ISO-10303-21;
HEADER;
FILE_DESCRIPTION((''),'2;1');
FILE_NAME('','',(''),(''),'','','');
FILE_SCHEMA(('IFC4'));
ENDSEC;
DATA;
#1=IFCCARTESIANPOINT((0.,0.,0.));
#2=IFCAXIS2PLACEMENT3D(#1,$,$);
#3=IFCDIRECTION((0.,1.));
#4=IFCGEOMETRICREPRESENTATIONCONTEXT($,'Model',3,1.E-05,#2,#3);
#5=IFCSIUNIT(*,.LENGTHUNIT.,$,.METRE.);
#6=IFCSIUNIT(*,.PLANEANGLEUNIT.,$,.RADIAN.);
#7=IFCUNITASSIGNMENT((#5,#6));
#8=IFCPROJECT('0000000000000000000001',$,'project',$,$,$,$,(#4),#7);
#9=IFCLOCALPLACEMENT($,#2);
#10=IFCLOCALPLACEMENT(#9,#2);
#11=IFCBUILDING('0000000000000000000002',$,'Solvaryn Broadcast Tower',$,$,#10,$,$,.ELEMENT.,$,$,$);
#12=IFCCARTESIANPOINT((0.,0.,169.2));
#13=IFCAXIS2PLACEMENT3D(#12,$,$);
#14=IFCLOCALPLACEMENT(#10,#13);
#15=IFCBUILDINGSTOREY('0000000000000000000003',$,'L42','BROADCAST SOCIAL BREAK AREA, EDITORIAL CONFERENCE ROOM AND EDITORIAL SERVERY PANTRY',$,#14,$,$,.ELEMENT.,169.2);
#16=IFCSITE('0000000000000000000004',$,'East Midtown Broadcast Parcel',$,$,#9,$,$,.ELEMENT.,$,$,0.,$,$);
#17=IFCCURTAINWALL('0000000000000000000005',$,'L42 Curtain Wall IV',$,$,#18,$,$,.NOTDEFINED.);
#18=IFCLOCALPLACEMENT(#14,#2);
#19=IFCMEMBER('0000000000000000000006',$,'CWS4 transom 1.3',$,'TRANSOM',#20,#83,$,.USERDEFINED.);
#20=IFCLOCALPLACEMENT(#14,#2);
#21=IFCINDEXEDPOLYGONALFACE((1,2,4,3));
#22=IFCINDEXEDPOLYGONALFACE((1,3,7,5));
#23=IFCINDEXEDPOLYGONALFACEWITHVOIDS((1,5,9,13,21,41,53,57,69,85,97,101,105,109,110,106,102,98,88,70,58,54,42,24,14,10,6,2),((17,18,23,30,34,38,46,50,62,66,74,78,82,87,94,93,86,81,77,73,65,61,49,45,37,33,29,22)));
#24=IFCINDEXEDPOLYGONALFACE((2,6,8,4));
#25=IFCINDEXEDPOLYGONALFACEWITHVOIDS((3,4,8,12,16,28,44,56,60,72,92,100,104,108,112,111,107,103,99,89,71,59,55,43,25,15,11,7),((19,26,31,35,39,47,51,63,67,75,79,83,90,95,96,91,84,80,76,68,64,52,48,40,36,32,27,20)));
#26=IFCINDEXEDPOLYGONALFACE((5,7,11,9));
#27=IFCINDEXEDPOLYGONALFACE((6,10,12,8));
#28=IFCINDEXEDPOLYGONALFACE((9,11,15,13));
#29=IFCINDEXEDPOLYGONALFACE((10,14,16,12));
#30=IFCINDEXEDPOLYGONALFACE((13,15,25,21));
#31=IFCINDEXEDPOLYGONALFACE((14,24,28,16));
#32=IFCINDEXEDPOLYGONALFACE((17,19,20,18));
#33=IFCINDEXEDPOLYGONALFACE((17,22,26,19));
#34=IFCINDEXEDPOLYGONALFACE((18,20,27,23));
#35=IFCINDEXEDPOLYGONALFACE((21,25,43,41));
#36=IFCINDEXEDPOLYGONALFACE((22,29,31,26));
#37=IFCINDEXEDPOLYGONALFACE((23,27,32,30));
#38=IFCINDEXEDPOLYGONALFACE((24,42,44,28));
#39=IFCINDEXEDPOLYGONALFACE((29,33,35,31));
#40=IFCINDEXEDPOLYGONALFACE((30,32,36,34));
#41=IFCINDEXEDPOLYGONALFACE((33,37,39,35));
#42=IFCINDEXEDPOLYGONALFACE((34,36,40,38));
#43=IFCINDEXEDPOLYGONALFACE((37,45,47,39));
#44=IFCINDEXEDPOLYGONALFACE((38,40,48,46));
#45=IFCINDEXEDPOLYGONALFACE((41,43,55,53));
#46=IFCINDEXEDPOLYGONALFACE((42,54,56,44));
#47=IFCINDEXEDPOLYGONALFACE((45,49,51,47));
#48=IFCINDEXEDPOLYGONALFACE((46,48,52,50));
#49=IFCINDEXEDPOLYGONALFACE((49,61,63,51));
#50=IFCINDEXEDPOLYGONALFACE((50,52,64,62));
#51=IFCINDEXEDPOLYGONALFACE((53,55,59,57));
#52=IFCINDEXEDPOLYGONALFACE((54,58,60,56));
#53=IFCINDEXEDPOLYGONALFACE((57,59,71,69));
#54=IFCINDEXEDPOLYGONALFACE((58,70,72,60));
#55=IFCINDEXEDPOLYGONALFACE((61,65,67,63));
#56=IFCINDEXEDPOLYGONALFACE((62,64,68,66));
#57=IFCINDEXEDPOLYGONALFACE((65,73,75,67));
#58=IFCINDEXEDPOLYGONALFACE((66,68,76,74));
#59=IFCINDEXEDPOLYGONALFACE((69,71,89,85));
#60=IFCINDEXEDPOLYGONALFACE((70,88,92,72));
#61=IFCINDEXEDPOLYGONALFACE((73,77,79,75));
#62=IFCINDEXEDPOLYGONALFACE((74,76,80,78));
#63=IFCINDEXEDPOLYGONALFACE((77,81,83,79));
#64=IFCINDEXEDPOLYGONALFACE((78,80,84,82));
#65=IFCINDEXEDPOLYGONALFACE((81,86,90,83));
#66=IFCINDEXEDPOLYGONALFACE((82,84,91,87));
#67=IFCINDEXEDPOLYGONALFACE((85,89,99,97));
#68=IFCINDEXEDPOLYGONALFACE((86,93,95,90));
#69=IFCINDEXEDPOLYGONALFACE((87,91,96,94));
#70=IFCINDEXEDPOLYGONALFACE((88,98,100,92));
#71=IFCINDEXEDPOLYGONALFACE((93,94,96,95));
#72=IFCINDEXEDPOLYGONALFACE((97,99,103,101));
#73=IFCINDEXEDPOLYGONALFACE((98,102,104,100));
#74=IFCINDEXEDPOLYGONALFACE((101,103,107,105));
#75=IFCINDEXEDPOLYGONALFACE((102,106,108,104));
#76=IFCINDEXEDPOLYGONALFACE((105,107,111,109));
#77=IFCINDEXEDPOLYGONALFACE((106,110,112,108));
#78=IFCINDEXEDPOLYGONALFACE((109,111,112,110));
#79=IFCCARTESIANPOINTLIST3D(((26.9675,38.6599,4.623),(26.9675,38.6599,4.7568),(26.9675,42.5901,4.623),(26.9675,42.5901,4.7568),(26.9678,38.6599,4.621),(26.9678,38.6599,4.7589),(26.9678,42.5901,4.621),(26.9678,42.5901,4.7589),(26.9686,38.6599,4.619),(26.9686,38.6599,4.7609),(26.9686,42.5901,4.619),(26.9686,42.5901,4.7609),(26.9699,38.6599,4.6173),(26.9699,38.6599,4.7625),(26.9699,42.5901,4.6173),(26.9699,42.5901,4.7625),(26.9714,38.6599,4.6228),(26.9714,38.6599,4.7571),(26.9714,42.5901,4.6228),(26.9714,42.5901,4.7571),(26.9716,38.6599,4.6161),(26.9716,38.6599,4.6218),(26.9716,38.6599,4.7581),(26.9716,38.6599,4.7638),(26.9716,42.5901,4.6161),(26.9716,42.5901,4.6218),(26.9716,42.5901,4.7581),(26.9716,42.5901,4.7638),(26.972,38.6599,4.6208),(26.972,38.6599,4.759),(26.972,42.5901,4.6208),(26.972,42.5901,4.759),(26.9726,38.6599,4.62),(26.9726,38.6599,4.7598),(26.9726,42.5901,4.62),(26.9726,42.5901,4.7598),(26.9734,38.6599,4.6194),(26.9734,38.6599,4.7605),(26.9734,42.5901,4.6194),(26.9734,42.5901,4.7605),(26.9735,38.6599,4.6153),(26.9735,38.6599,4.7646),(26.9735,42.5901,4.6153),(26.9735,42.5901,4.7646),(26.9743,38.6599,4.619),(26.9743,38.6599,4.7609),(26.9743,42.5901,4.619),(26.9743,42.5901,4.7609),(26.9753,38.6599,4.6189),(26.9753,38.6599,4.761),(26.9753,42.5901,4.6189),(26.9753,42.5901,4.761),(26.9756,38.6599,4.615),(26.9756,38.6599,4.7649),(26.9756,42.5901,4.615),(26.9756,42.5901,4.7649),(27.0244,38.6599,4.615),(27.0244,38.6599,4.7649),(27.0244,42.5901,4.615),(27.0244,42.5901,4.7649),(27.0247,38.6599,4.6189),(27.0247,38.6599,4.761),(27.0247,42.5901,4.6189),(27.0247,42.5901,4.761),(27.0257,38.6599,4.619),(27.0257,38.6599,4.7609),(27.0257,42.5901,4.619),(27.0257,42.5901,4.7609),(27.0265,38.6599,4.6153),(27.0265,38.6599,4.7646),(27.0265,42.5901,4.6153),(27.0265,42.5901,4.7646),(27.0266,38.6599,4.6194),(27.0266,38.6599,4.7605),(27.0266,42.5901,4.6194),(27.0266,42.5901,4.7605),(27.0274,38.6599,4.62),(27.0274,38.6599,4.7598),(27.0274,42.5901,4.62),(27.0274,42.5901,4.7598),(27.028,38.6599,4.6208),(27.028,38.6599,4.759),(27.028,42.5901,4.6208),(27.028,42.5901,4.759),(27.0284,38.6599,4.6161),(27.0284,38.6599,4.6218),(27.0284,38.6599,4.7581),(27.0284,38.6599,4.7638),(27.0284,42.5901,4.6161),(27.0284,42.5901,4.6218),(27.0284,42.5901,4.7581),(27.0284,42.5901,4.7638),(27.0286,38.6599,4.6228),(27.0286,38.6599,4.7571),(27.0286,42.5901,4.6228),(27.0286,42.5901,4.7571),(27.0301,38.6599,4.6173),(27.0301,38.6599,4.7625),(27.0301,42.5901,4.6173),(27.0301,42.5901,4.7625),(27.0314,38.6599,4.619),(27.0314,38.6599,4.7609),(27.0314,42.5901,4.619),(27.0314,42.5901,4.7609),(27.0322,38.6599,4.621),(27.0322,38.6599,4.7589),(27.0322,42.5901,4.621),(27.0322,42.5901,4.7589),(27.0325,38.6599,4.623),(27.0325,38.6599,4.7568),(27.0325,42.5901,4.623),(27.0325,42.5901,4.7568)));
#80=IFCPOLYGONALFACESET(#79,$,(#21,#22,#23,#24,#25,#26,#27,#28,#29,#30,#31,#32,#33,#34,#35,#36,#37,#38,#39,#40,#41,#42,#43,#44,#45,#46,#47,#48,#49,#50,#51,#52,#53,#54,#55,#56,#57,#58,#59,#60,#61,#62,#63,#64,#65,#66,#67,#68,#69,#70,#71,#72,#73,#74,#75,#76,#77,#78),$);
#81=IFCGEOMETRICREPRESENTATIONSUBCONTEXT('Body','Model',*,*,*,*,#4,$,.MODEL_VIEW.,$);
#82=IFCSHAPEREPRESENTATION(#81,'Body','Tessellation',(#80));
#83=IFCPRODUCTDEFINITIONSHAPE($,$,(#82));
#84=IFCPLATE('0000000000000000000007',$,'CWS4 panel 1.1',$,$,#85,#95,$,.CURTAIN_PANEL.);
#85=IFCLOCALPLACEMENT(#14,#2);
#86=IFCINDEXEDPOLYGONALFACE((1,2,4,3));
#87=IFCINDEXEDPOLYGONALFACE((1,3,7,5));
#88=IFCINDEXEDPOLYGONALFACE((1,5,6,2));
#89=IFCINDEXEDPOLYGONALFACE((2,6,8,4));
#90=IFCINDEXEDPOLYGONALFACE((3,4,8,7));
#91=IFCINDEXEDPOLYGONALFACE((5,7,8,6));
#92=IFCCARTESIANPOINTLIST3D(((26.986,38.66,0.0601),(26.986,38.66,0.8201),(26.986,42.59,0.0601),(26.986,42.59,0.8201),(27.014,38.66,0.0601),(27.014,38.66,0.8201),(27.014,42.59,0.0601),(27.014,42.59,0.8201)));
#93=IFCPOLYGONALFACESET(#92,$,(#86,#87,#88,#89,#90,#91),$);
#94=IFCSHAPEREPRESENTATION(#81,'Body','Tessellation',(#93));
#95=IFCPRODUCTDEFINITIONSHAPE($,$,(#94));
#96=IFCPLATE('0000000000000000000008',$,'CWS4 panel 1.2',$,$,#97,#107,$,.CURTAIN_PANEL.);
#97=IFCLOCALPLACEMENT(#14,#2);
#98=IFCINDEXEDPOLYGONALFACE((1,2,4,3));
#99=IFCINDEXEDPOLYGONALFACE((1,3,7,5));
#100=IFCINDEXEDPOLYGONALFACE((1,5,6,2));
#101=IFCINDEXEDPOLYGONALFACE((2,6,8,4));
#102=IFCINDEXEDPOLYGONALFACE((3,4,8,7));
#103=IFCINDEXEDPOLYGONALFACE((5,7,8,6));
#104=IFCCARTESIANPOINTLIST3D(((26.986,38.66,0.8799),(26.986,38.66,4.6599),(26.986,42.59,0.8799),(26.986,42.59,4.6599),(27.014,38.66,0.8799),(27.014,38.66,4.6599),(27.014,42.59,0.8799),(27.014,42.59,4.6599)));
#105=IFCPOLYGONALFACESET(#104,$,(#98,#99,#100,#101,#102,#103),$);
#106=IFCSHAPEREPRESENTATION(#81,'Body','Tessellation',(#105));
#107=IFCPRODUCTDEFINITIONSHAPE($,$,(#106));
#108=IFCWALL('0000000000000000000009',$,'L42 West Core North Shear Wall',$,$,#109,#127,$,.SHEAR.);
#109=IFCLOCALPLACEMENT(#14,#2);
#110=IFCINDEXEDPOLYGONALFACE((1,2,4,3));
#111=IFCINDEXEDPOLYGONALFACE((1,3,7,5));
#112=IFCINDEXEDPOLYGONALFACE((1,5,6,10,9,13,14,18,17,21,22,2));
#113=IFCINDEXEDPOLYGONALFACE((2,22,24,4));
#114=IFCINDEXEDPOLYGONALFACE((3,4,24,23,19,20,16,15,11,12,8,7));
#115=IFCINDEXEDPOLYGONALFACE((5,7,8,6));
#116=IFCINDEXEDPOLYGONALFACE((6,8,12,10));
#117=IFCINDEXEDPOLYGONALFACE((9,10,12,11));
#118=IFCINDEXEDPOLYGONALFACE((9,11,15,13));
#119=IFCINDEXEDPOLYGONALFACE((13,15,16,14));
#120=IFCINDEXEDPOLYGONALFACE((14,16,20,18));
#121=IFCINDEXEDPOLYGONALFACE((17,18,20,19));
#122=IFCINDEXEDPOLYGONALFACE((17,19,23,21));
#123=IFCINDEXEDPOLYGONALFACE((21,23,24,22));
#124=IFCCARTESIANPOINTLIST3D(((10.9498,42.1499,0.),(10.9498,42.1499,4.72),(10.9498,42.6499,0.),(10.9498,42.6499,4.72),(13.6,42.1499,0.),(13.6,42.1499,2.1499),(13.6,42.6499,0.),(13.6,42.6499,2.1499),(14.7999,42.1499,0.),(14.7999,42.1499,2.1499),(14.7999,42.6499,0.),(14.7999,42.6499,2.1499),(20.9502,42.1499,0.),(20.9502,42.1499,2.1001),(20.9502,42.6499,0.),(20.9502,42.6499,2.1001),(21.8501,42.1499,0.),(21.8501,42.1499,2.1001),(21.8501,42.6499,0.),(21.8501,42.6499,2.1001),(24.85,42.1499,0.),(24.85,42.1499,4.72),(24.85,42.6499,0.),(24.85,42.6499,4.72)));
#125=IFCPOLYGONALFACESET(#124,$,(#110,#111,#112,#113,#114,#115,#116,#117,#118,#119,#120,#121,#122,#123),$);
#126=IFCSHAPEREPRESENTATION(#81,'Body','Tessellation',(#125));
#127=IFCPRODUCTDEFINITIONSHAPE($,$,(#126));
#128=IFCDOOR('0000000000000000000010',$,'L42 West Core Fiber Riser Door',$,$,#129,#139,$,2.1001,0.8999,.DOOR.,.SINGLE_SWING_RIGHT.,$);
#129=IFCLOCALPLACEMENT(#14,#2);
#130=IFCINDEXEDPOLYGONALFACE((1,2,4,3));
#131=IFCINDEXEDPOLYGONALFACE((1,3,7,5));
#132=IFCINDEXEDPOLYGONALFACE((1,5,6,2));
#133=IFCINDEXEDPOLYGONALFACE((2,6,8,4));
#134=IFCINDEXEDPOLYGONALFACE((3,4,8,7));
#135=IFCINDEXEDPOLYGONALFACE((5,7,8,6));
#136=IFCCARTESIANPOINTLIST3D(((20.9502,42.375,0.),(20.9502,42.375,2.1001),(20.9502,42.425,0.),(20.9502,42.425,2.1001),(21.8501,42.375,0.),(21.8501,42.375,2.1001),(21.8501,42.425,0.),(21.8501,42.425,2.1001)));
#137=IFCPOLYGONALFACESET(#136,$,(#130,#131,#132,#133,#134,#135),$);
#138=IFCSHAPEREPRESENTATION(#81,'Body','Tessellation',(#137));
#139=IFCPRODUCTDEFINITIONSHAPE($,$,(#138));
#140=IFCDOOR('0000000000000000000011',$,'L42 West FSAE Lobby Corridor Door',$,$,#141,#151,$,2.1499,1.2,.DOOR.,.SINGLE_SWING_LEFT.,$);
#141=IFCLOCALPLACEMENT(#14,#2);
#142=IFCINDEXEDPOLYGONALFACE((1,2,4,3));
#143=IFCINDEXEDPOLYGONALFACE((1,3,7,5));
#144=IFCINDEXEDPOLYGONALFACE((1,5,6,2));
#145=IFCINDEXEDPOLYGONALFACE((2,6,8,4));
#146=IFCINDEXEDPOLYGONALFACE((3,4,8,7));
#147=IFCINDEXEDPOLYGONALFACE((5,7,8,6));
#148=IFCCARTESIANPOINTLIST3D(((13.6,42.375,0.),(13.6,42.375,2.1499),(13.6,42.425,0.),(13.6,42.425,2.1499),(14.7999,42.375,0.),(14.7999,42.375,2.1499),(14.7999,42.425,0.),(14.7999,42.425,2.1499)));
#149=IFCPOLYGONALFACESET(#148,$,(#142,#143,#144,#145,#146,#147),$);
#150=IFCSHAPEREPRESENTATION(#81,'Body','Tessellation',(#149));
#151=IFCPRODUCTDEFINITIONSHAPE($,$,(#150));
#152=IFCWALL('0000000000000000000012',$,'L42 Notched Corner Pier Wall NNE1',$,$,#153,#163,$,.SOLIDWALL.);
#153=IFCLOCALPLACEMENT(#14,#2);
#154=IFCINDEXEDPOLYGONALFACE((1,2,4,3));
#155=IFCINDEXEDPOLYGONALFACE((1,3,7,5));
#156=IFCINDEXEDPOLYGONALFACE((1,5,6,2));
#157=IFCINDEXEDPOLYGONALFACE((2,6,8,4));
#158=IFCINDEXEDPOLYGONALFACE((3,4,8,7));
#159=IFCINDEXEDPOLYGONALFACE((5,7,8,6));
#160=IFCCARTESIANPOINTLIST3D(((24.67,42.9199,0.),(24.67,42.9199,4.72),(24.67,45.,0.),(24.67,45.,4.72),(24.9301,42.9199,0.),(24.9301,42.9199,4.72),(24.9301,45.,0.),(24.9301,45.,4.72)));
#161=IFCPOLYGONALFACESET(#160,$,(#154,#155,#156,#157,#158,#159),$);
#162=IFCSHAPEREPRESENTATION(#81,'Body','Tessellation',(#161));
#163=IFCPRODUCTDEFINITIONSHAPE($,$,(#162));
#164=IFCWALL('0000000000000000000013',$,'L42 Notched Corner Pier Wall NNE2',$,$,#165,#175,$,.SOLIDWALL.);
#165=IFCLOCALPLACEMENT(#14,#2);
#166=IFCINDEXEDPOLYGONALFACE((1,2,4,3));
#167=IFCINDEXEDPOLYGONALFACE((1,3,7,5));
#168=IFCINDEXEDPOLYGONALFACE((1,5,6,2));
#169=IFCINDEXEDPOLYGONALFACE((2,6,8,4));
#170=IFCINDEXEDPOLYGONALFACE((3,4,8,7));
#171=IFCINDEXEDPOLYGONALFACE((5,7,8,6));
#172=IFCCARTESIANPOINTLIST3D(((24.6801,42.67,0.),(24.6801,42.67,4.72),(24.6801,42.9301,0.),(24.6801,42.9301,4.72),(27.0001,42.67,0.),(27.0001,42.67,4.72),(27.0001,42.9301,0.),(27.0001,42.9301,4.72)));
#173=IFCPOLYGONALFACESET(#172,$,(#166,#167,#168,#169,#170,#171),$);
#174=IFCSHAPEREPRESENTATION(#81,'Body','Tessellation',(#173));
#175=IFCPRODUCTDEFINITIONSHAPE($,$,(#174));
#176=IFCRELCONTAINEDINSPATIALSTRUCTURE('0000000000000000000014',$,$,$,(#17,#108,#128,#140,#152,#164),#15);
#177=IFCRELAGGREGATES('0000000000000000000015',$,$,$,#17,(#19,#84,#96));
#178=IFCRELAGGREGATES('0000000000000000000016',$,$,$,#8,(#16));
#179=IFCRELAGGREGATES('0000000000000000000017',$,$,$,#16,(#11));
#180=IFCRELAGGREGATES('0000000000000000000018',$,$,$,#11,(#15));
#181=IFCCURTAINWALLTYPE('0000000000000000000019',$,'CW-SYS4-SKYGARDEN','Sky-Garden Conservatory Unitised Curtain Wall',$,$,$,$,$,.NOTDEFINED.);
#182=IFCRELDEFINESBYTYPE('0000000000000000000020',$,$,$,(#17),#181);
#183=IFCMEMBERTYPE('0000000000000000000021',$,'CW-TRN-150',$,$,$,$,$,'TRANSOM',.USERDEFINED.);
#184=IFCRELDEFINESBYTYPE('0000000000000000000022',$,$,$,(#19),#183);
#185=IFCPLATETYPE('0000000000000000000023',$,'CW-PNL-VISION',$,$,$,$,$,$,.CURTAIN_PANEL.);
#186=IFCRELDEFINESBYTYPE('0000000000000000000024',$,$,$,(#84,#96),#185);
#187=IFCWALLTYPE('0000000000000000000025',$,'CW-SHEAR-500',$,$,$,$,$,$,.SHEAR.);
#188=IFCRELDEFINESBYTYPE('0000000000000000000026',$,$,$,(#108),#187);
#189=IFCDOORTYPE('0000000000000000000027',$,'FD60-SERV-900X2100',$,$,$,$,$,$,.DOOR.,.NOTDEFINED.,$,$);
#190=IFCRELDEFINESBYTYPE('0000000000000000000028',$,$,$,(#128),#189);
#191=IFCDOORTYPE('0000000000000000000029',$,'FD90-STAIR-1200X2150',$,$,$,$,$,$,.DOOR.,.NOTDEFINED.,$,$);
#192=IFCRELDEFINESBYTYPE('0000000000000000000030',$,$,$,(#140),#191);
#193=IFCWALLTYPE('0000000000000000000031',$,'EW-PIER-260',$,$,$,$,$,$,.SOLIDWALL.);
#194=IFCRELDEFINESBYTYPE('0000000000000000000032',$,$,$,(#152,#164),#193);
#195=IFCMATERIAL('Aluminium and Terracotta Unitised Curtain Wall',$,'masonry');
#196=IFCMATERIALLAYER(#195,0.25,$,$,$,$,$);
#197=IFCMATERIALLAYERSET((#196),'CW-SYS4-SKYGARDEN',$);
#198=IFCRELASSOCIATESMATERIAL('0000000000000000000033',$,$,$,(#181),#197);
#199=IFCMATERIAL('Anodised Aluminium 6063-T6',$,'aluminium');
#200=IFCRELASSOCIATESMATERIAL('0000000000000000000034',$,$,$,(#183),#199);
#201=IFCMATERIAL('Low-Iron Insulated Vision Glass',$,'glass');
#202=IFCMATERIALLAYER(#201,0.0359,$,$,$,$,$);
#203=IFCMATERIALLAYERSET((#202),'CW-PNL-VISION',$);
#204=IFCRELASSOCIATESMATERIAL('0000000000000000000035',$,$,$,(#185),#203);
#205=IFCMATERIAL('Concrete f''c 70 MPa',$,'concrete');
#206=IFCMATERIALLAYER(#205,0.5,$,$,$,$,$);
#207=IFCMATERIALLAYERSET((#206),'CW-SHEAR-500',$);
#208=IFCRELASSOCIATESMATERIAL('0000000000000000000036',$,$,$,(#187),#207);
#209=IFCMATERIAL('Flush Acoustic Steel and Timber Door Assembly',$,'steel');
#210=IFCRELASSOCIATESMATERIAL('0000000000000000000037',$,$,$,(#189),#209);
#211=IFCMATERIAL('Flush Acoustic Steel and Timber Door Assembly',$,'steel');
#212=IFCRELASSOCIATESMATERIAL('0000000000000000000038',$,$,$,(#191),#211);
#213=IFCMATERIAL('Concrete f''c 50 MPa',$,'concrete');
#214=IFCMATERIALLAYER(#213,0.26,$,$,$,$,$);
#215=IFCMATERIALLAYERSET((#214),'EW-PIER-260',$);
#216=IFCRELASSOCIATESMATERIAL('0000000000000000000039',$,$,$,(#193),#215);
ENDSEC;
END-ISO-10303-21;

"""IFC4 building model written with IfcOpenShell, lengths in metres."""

from ifc_helpers import new_model, si_unit, direction, frame, frame_2d, origin, origin_2d, place, context, subcontext, project, spatial, rectangle, hollow_rectangle, extrude, material, layer, layer_set, material_profile, profile_set, type_object, element, fill, aggregate, save


model = new_model("IFC4")

# Units and contexts
model_context = context("Model", 3, precision=1e-05, world=origin(), true_north=direction((0.0, 1.0)))
body_context = subcontext(model_context, "Body", "Model", "MODEL_VIEW")
ifc_project = project(units=[si_unit("LENGTHUNIT", "METRE"), si_unit("PLANEANGLEUNIT", "RADIAN")], contexts=[model_context])

# Site, building, storey
site_placement = place(None, origin())
site = spatial("IfcSite", under=ifc_project, at=site_placement, Name="East Midtown Broadcast Parcel", CompositionType="ELEMENT", RefElevation=0.0)
building_placement = place(site_placement, origin())
building = spatial("IfcBuilding", under=site, at=building_placement, Name="Solvaryn Broadcast Tower", CompositionType="ELEMENT")
storey_placement = place(building_placement, frame((0.0, 0.0, 169.2)))
storey = spatial("IfcBuildingStorey", under=building, at=storey_placement, Name="L42", Description="BROADCAST SOCIAL BREAK AREA, EDITORIAL CONFERENCE ROOM AND EDITORIAL SERVERY PANTRY", CompositionType="ELEMENT", Elevation=169.2)

# Curtain wall, member, plates
ifc_material_1 = material(Name="Aluminium and Terracotta Unitised Curtain Wall", Category="masonry")
ifc_layer_1 = layer(ifc_material_1, 0.25)
ifc_layer_set_1 = layer_set([ifc_layer_1], Name="CW-SYS4-SKYGARDEN")
curtain_wall_type = type_object("IfcCurtainWallType", Name="CW-SYS4-SKYGARDEN", Description="Sky-Garden Conservatory Unitised Curtain Wall", PredefinedType="NOTDEFINED", material=ifc_layer_set_1)
curtain_wall_placement = place(storey_placement, origin())
curtain_wall = element("IfcCurtainWall", 1, at=curtain_wall_placement, inside=storey, type_object=curtain_wall_type, Name="L42 Curtain Wall IV", PredefinedType="NOTDEFINED")
ifc_material_2 = material(Name="Anodised Aluminium 6063-T6", Category="aluminium")
ifc_material_profile_1 = material_profile(ifc_material_2, hollow_rectangle(XDim=0.0649, YDim=0.1499, WallThickness=0.0039, InnerFilletRadius=0.0039, OuterFilletRadius=0.0081, at=origin_2d()))
ifc_profile_set_1 = profile_set([ifc_material_profile_1], Name="Anodised Aluminium 6063-T6")
member_type_1 = type_object("IfcMemberType", Name="CW-TRN-150", ElementType="TRANSOM", PredefinedType="USERDEFINED", material=ifc_profile_set_1)
member_1_placement = place(storey_placement, frame((27.0, 42.5901, 4.6899), z_axis=(0.0, -1.0, 0.0), x_axis=(1.0, 0.0, 0.0)))
member_1 = element("IfcMember", 2, at=member_1_placement, type_object=member_type_1, Name="CWS4 transom 1.3", ObjectType="TRANSOM", PredefinedType="USERDEFINED", context=body_context, shape_type="SweptSolid", body=[
    extrude(hollow_rectangle(XDim=0.0649, YDim=0.1499, WallThickness=0.0039, InnerFilletRadius=0.0039, OuterFilletRadius=0.0081, at=origin_2d()), origin(), (0.0, 0.0, 1.0), 3.9302),
])
ifc_material_3 = material(Name="Low-Iron Insulated Vision Glass", Category="glass")
ifc_layer_2 = layer(ifc_material_3, 0.0359)
ifc_layer_set_2 = layer_set([ifc_layer_2], Name="CW-PNL-VISION")
plate_type = type_object("IfcPlateType", Name="CW-PNL-VISION", PredefinedType="CURTAIN_PANEL", material=ifc_layer_set_2)
plate_1_placement = place(storey_placement, frame((27.0, 40.625, 0.0601), z_axis=(0.0, 0.0, 1.0), x_axis=(0.0, -1.0, 0.0)))
plate_1 = element("IfcPlate", 3, at=plate_1_placement, type_object=plate_type, Name="CWS4 panel 1.1", PredefinedType="CURTAIN_PANEL", context=body_context, shape_type="SweptSolid", body=[
    extrude(rectangle(XDim=3.9299, YDim=0.0281, at=origin_2d()), origin(), (0.0, 0.0, 1.0), 0.76),
])
plate_2_placement = place(storey_placement, frame((27.0, 40.625, 0.8799), z_axis=(0.0, 0.0, 1.0), x_axis=(0.0, -1.0, 0.0)))
plate_2 = element("IfcPlate", 4, at=plate_2_placement, type_object=plate_type, Name="CWS4 panel 1.2", PredefinedType="CURTAIN_PANEL", context=body_context, shape_type="SweptSolid", body=[
    extrude(rectangle(XDim=3.9299, YDim=0.0281, at=origin_2d()), origin(), (0.0, 0.0, 1.0), 3.78),
])
aggregate(curtain_wall, [member_1, plate_1, plate_2])

# Wall, openings, doors
ifc_material_4 = material(Name="Concrete f'c 70 MPa", Category="concrete")
ifc_layer_3 = layer(ifc_material_4, 0.5)
ifc_layer_set_3 = layer_set([ifc_layer_3], Name="CW-SHEAR-500")
wall_type_1 = type_object("IfcWallType", Name="CW-SHEAR-500", PredefinedType="SHEAR", material=ifc_layer_set_3)
wall_1_placement = place(storey_placement, frame((24.8501, 42.3999, 0.0), z_axis=(0.0, 0.0, 1.0), x_axis=(-1.0, 0.0, 0.0)))
wall_1 = element("IfcWall", 5, at=wall_1_placement, inside=storey, type_object=wall_type_1, Name="L42 West Core North Shear Wall", PredefinedType="SHEAR", context=body_context, shape_type="SweptSolid", body=[
    extrude(rectangle(XDim=13.9001, YDim=0.5, at=frame_2d((6.9502, 0.0))), origin(), (0.0, 0.0, 1.0), 4.72),
])
opening_1_placement = place(wall_1_placement, frame((10.05, 0.0, 0.0)))
opening_1 = element("IfcOpeningElement", 6, at=opening_1_placement, cuts=wall_1, PredefinedType="OPENING", context=body_context, shape_type="SweptSolid", body=[
    extrude(rectangle(XDim=1.2, YDim=2.1499, at=frame_2d((0.6001, 1.075))), frame((0.0, 0.26, 0.0), z_axis=(0.0, -1.0, 0.0), x_axis=(1.0, 0.0, 0.0)), (0.0, 0.0, 1.0), 0.52),
])
opening_2_placement = place(wall_1_placement, frame((3.0, 0.0, 0.0)))
opening_2 = element("IfcOpeningElement", 7, at=opening_2_placement, cuts=wall_1, PredefinedType="OPENING", context=body_context, shape_type="SweptSolid", body=[
    extrude(rectangle(XDim=0.8999, YDim=2.1001, at=frame_2d((0.45, 1.05))), frame((0.0, 0.26, 0.0), z_axis=(0.0, -1.0, 0.0), x_axis=(1.0, 0.0, 0.0)), (0.0, 0.0, 1.0), 0.52),
])
ifc_material_5 = material(Name="Flush Acoustic Steel and Timber Door Assembly", Category="steel")
door_type_1 = type_object("IfcDoorType", Name="FD60-SERV-900X2100", OperationType="NOTDEFINED", PredefinedType="DOOR", material=ifc_material_5)
door_1_placement = place(opening_2_placement, origin())
door_1 = element("IfcDoor", 8, at=door_1_placement, inside=storey, type_object=door_type_1, Name="L42 West Core Fiber Riser Door", OperationType="SINGLE_SWING_RIGHT", OverallHeight=2.1001, OverallWidth=0.8999, PredefinedType="DOOR", context=body_context, shape_type="SweptSolid", body=[
    extrude(rectangle(XDim=0.8999, YDim=2.1001, at=frame_2d((0.45, 1.05))), frame((0.0, 0.0249, 0.0), z_axis=(0.0, -1.0, 0.0), x_axis=(1.0, 0.0, 0.0)), (0.0, 0.0, 1.0), 0.05),
])
fill(opening_2, door_1)
ifc_material_6 = material(Name="Flush Acoustic Steel and Timber Door Assembly", Category="steel")
door_type_2 = type_object("IfcDoorType", Name="FD90-STAIR-1200X2150", OperationType="NOTDEFINED", PredefinedType="DOOR", material=ifc_material_6)
door_2_placement = place(opening_1_placement, origin())
door_2 = element("IfcDoor", 9, at=door_2_placement, inside=storey, type_object=door_type_2, Name="L42 West FSAE Lobby Corridor Door", OperationType="SINGLE_SWING_LEFT", OverallHeight=2.1499, OverallWidth=1.2, PredefinedType="DOOR", context=body_context, shape_type="SweptSolid", body=[
    extrude(rectangle(XDim=1.2, YDim=2.1499, at=frame_2d((0.6001, 1.075))), frame((0.0, 0.0249, 0.0), z_axis=(0.0, -1.0, 0.0), x_axis=(1.0, 0.0, 0.0)), (0.0, 0.0, 1.0), 0.05),
])
fill(opening_1, door_2)

# Walls
ifc_material_7 = material(Name="Concrete f'c 50 MPa", Category="concrete")
ifc_layer_4 = layer(ifc_material_7, 0.26)
ifc_layer_set_4 = layer_set([ifc_layer_4], Name="EW-PIER-260")
wall_type_2 = type_object("IfcWallType", Name="EW-PIER-260", PredefinedType="SOLIDWALL", material=ifc_layer_set_4)
wall_2_placement = place(storey_placement, frame((24.8, 45.0, 0.0), z_axis=(0.0, 0.0, 1.0), x_axis=(0.0, -1.0, 0.0)))
element("IfcWall", 10, at=wall_2_placement, inside=storey, type_object=wall_type_2, Name="L42 Notched Corner Pier Wall NNE1", PredefinedType="SOLIDWALL", context=body_context, shape_type="SweptSolid", body=[
    extrude(rectangle(XDim=2.0801, YDim=0.26, at=frame_2d((1.04, 0.0))), origin(), (0.0, 0.0, 1.0), 4.72),
])
wall_3_placement = place(storey_placement, frame((24.6799, 42.8, 0.0), z_axis=(0.0, 0.0, 1.0), x_axis=(1.0, 0.0, 0.0)))
element("IfcWall", 11, at=wall_3_placement, inside=storey, type_object=wall_type_2, Name="L42 Notched Corner Pier Wall NNE2", PredefinedType="SOLIDWALL", context=body_context, shape_type="SweptSolid", body=[
    extrude(rectangle(XDim=2.3201, YDim=0.26, at=frame_2d((1.1602, 0.0))), origin(), (0.0, 0.0, 1.0), 4.72),
])

save(model, "model.ifc")
